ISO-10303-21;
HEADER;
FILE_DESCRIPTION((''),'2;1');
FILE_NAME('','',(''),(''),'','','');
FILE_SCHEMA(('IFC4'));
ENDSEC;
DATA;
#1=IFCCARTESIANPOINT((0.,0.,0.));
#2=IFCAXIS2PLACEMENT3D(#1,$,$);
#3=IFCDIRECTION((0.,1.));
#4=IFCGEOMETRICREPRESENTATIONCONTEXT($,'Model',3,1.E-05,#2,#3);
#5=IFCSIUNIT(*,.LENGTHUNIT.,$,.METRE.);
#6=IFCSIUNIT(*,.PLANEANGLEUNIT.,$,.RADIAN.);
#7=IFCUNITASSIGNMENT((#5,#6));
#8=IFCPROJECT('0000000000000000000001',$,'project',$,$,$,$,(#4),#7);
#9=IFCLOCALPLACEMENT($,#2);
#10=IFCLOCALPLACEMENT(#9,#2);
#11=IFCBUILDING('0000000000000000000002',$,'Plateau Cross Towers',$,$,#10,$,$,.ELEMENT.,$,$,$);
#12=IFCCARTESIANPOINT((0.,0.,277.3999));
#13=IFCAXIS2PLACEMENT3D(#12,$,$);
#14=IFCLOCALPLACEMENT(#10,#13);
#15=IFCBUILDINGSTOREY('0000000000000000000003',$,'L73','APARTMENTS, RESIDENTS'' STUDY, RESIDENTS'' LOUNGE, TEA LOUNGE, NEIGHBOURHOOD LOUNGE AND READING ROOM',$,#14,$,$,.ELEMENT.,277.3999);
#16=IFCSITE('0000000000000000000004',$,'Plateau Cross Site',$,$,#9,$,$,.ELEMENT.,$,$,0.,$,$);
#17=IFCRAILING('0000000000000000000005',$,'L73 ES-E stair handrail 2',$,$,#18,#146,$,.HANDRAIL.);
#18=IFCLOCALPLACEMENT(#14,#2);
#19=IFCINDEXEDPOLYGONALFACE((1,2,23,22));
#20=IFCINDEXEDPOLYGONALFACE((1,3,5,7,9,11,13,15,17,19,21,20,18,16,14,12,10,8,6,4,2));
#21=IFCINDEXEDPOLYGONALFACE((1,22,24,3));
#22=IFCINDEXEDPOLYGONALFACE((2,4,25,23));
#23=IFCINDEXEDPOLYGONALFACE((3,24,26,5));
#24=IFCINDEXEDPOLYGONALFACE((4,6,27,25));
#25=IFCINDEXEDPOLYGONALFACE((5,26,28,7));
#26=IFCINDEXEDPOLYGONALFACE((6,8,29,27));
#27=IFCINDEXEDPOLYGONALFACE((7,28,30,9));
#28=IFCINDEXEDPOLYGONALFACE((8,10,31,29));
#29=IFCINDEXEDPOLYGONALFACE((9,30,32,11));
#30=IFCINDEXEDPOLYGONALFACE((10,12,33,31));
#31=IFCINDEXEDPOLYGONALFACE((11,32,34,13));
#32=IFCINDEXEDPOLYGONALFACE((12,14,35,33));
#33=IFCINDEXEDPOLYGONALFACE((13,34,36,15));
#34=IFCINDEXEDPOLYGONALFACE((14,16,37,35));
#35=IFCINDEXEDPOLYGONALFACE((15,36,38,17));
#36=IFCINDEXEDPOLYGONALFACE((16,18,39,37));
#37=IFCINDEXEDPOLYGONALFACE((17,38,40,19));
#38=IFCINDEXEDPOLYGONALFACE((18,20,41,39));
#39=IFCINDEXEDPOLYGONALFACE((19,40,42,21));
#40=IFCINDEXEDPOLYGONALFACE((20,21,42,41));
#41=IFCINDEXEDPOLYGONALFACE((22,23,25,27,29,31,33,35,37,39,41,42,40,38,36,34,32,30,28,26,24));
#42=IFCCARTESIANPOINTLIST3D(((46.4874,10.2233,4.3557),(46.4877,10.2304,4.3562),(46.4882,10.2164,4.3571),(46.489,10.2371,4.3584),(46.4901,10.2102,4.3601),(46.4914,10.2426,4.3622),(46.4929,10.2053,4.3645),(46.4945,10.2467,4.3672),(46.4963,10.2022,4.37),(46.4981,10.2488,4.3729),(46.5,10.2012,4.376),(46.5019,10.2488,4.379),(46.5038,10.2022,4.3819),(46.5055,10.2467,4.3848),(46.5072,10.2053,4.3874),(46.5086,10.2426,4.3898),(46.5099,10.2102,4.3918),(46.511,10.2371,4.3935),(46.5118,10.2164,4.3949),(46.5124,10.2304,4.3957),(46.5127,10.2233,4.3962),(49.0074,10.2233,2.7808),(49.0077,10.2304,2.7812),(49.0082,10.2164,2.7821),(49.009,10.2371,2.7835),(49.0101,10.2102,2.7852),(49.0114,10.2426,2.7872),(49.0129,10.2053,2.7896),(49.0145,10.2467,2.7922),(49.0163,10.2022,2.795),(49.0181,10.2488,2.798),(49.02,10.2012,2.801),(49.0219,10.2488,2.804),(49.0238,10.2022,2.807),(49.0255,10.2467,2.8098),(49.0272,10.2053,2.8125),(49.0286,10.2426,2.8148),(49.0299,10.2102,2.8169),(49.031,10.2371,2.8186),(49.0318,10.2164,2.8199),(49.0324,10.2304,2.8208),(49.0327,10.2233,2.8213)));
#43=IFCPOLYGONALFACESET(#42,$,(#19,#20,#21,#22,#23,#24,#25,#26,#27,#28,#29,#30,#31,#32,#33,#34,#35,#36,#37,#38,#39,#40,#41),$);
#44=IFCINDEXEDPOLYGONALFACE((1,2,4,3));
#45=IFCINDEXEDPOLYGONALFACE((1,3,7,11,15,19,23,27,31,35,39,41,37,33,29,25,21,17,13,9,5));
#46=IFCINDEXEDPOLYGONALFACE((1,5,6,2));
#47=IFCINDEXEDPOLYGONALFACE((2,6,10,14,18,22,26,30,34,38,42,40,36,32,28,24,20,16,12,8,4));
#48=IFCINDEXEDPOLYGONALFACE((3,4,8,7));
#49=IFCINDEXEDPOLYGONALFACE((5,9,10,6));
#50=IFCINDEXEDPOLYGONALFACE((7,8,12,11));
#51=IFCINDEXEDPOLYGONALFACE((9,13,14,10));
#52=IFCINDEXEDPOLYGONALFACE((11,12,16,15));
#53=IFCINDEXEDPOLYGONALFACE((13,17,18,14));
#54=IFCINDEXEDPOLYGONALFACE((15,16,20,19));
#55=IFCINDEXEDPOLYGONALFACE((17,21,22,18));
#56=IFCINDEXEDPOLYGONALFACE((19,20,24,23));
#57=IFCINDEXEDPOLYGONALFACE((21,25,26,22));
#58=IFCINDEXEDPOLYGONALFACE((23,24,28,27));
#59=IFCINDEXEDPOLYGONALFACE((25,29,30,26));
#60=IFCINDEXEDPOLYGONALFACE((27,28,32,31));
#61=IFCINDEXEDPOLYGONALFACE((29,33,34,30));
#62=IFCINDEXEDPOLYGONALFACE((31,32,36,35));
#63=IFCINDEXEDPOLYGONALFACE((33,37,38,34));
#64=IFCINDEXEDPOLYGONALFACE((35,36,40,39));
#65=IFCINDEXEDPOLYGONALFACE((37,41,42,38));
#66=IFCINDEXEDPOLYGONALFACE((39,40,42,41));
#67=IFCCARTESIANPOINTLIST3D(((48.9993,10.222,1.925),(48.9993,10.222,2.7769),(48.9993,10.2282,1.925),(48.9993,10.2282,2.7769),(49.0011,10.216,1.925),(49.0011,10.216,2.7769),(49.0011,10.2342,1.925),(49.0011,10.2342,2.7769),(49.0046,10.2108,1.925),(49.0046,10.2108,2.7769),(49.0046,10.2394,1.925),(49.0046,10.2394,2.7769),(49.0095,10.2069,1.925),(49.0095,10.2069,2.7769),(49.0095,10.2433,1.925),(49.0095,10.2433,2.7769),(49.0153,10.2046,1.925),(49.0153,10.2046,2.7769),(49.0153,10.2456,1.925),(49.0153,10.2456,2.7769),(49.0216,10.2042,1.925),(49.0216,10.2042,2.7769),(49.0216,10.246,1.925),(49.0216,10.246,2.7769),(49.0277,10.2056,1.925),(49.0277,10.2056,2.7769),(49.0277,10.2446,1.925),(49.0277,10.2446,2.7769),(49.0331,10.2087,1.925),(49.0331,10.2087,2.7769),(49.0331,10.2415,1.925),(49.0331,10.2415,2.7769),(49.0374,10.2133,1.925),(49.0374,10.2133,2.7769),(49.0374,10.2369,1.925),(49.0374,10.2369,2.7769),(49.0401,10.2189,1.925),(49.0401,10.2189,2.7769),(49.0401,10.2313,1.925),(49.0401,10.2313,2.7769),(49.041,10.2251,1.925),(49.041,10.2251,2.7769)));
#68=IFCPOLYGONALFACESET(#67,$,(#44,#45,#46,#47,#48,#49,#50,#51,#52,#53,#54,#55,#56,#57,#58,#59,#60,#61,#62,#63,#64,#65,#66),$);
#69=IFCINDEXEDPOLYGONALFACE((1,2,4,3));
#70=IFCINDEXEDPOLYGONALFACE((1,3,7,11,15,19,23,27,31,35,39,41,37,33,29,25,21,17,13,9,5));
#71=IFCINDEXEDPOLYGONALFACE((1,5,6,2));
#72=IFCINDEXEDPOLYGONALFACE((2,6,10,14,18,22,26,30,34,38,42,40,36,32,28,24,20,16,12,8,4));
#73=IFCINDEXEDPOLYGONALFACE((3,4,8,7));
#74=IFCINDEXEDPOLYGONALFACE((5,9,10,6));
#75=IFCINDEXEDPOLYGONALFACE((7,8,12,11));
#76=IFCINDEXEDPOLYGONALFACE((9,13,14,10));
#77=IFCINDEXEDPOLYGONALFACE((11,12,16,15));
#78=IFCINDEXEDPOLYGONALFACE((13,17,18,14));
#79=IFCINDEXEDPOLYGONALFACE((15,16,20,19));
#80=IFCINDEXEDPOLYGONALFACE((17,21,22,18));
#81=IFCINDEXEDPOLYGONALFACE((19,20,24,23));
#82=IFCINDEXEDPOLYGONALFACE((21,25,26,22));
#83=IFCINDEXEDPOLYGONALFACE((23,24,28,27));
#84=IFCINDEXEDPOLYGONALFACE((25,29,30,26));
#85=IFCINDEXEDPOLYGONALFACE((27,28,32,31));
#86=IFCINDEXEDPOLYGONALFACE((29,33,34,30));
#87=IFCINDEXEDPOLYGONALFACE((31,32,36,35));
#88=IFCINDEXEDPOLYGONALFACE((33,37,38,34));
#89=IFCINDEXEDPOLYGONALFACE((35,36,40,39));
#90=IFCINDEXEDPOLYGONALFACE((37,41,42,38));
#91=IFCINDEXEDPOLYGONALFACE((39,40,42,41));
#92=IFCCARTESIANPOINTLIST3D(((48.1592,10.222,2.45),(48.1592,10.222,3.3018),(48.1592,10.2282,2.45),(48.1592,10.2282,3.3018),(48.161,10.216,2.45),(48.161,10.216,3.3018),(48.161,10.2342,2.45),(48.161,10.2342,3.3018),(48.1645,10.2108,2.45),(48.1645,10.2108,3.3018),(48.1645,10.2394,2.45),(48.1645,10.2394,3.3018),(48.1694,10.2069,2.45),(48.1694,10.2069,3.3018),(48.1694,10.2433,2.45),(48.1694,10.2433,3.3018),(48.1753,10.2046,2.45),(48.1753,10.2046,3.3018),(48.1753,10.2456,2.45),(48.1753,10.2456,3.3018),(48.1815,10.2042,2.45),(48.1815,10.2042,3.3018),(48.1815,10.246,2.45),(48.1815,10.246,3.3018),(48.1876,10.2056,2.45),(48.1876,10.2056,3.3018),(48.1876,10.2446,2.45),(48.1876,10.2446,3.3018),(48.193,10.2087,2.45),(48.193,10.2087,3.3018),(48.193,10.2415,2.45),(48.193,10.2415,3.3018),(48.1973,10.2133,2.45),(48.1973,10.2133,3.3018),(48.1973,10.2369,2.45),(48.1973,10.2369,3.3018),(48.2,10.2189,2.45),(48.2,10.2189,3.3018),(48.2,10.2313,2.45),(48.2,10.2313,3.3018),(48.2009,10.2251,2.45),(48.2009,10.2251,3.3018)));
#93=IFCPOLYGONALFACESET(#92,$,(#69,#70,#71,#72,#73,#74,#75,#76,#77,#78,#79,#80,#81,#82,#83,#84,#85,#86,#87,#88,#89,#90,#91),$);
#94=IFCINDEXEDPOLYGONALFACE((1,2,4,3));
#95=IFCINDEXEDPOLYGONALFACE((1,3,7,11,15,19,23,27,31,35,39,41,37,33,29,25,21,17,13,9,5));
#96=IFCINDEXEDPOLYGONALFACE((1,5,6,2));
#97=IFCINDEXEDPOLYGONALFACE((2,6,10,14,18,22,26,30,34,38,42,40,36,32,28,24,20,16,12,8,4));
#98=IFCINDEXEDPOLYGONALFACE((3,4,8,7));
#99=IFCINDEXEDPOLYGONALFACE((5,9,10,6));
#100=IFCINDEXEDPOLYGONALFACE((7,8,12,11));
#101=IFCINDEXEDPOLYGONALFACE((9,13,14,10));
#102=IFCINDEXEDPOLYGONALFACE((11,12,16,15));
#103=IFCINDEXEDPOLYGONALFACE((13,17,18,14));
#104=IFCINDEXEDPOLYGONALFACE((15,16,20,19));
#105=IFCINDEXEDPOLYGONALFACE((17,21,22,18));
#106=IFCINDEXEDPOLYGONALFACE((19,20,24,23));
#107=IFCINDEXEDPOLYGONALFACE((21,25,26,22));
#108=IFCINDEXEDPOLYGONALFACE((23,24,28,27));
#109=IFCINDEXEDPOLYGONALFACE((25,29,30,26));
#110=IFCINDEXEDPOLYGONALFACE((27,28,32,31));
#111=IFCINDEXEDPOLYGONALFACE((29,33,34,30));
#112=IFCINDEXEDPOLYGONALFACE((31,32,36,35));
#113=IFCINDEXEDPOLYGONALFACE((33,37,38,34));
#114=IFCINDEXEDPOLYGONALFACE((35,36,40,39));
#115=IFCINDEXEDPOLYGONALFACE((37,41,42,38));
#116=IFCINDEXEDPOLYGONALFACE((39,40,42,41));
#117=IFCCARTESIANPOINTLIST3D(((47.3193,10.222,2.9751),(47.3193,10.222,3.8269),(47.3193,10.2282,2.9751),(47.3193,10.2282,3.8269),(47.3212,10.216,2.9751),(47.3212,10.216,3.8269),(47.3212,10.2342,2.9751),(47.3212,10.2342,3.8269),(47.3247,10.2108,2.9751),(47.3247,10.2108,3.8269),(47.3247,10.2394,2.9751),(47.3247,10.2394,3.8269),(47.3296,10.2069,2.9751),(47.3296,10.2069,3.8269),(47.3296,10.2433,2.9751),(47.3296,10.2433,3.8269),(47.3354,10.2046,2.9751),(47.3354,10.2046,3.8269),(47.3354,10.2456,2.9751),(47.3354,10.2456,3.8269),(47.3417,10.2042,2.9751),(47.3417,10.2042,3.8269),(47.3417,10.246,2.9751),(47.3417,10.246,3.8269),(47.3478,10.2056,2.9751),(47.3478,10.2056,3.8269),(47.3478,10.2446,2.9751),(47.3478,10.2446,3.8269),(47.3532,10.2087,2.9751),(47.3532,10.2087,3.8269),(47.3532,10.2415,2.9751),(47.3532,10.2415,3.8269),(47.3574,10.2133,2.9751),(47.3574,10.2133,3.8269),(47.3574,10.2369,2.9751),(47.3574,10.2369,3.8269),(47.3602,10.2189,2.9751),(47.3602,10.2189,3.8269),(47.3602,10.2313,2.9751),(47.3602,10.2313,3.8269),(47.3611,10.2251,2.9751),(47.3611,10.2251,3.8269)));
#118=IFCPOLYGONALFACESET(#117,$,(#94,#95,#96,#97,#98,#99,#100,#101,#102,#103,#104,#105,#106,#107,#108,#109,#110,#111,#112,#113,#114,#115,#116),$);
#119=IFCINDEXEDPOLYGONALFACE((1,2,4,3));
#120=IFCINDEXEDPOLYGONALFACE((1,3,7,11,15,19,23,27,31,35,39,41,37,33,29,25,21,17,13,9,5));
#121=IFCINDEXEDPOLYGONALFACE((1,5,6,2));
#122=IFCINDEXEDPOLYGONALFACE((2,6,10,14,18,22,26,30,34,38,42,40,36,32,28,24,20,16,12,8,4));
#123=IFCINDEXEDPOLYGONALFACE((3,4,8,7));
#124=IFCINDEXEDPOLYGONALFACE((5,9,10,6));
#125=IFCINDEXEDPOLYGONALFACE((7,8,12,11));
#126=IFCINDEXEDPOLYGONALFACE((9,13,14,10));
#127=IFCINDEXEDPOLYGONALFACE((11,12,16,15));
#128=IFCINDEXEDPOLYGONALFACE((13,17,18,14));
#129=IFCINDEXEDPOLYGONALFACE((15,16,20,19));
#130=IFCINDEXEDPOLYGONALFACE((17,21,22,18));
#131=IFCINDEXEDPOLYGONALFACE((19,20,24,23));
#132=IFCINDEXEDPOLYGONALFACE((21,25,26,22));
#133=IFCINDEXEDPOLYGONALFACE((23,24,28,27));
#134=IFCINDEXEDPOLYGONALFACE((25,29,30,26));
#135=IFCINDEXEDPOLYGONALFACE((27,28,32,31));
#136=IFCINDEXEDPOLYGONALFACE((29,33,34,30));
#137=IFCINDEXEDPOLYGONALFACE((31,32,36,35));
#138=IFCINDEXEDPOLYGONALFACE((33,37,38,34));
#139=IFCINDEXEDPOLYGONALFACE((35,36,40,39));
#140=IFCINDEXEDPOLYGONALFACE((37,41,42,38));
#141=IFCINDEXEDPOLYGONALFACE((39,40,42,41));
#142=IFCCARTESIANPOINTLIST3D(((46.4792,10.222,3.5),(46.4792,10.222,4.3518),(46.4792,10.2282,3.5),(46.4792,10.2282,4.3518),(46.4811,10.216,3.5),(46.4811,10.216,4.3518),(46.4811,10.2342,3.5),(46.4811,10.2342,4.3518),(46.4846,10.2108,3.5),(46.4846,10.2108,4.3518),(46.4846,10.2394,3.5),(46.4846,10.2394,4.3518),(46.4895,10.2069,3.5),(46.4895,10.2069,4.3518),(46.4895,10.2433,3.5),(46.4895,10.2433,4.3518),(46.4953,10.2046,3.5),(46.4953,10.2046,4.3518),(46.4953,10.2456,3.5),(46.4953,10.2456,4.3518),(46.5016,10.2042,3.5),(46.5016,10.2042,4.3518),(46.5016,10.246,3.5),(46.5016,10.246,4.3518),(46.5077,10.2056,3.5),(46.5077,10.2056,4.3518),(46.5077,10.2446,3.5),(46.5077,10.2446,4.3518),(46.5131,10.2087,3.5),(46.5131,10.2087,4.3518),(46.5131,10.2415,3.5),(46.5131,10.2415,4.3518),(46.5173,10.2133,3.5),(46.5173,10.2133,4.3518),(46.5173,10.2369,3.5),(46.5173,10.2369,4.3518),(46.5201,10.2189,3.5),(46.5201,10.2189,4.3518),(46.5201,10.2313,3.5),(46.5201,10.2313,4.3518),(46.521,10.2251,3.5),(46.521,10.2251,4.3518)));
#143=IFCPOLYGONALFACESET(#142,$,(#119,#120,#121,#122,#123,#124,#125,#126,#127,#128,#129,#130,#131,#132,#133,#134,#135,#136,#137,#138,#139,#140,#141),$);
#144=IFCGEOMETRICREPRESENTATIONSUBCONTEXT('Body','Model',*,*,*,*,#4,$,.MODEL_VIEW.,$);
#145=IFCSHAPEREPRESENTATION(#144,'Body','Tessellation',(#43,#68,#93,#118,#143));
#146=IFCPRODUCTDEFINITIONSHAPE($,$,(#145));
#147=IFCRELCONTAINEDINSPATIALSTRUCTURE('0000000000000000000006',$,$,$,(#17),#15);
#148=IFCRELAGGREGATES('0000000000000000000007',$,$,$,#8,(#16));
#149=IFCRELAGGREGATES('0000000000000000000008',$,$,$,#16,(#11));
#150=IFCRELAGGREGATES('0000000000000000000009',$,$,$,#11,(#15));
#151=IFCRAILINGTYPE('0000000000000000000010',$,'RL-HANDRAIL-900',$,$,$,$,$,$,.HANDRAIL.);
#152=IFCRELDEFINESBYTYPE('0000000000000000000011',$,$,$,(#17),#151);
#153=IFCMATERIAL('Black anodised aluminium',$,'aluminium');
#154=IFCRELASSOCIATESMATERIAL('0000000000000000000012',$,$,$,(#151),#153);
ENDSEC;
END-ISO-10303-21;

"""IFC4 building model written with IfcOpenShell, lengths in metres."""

from ifc_helpers import new_model, si_unit, direction, frame, origin, origin_2d, place, context, subcontext, project, spatial, circle, extrude, material, type_object, element, save


model = new_model("IFC4")

# Units and contexts
model_context = context("Model", 3, precision=1e-05, world=origin(), true_north=direction((0.0, 1.0)))
body_context = subcontext(model_context, "Body", "Model", "MODEL_VIEW")
ifc_project = project(units=[si_unit("LENGTHUNIT", "METRE"), si_unit("PLANEANGLEUNIT", "RADIAN")], contexts=[model_context])

# Site, building, storey
site_placement = place(None, origin())
site = spatial("IfcSite", under=ifc_project, at=site_placement, Name="Plateau Cross Site", CompositionType="ELEMENT", RefElevation=0.0)
building_placement = place(site_placement, origin())
building = spatial("IfcBuilding", under=site, at=building_placement, Name="Plateau Cross Towers", CompositionType="ELEMENT")
storey_placement = place(building_placement, frame((0.0, 0.0, 277.3999)))
storey = spatial("IfcBuildingStorey", under=building, at=storey_placement, Name="L73", Description="APARTMENTS, RESIDENTS' STUDY, RESIDENTS' LOUNGE, TEA LOUNGE, NEIGHBOURHOOD LOUNGE AND READING ROOM", CompositionType="ELEMENT", Elevation=277.3999)

# Shared definitions
ifc_material_1 = material(Name="Black anodised aluminium", Category="aluminium")

# Railing
railing_type_1 = type_object("IfcRailingType", Name="RL-HANDRAIL-900", PredefinedType="HANDRAIL", material=ifc_material_1)
railing_1_placement = place(storey_placement, frame((49.02, 10.2251, 1.925)))
element("IfcRailing", 1, at=railing_1_placement, inside=storey, type_object=railing_type_1, Name="L73 ES-E stair handrail 2", PredefinedType="HANDRAIL", context=body_context, shape_type="SweptSolid", body=[
    extrude(circle(Radius=0.0239, at=origin_2d()), frame((0.0, 0.0, 0.876), z_axis=(-0.848008, 0.0, 0.529984), x_axis=(0.0, -1.0, 0.0)), (0.0, 0.0, 1.0), 2.9717),
    extrude(circle(Radius=0.021, at=origin_2d()), origin(), (0.0, 0.0, 1.0), 0.8518),
    extrude(circle(Radius=0.021, at=origin_2d()), frame((-0.8401, 0.0, 0.5249)), (0.0, 0.0, 1.0), 0.8518),
    extrude(circle(Radius=0.021, at=origin_2d()), frame((-1.6799, 0.0, 1.05)), (0.0, 0.0, 1.0), 0.8518),
    extrude(circle(Radius=0.021, at=origin_2d()), frame((-2.52, 0.0, 1.575)), (0.0, 0.0, 1.0), 0.8518),
])

save(model, "model.ifc")
